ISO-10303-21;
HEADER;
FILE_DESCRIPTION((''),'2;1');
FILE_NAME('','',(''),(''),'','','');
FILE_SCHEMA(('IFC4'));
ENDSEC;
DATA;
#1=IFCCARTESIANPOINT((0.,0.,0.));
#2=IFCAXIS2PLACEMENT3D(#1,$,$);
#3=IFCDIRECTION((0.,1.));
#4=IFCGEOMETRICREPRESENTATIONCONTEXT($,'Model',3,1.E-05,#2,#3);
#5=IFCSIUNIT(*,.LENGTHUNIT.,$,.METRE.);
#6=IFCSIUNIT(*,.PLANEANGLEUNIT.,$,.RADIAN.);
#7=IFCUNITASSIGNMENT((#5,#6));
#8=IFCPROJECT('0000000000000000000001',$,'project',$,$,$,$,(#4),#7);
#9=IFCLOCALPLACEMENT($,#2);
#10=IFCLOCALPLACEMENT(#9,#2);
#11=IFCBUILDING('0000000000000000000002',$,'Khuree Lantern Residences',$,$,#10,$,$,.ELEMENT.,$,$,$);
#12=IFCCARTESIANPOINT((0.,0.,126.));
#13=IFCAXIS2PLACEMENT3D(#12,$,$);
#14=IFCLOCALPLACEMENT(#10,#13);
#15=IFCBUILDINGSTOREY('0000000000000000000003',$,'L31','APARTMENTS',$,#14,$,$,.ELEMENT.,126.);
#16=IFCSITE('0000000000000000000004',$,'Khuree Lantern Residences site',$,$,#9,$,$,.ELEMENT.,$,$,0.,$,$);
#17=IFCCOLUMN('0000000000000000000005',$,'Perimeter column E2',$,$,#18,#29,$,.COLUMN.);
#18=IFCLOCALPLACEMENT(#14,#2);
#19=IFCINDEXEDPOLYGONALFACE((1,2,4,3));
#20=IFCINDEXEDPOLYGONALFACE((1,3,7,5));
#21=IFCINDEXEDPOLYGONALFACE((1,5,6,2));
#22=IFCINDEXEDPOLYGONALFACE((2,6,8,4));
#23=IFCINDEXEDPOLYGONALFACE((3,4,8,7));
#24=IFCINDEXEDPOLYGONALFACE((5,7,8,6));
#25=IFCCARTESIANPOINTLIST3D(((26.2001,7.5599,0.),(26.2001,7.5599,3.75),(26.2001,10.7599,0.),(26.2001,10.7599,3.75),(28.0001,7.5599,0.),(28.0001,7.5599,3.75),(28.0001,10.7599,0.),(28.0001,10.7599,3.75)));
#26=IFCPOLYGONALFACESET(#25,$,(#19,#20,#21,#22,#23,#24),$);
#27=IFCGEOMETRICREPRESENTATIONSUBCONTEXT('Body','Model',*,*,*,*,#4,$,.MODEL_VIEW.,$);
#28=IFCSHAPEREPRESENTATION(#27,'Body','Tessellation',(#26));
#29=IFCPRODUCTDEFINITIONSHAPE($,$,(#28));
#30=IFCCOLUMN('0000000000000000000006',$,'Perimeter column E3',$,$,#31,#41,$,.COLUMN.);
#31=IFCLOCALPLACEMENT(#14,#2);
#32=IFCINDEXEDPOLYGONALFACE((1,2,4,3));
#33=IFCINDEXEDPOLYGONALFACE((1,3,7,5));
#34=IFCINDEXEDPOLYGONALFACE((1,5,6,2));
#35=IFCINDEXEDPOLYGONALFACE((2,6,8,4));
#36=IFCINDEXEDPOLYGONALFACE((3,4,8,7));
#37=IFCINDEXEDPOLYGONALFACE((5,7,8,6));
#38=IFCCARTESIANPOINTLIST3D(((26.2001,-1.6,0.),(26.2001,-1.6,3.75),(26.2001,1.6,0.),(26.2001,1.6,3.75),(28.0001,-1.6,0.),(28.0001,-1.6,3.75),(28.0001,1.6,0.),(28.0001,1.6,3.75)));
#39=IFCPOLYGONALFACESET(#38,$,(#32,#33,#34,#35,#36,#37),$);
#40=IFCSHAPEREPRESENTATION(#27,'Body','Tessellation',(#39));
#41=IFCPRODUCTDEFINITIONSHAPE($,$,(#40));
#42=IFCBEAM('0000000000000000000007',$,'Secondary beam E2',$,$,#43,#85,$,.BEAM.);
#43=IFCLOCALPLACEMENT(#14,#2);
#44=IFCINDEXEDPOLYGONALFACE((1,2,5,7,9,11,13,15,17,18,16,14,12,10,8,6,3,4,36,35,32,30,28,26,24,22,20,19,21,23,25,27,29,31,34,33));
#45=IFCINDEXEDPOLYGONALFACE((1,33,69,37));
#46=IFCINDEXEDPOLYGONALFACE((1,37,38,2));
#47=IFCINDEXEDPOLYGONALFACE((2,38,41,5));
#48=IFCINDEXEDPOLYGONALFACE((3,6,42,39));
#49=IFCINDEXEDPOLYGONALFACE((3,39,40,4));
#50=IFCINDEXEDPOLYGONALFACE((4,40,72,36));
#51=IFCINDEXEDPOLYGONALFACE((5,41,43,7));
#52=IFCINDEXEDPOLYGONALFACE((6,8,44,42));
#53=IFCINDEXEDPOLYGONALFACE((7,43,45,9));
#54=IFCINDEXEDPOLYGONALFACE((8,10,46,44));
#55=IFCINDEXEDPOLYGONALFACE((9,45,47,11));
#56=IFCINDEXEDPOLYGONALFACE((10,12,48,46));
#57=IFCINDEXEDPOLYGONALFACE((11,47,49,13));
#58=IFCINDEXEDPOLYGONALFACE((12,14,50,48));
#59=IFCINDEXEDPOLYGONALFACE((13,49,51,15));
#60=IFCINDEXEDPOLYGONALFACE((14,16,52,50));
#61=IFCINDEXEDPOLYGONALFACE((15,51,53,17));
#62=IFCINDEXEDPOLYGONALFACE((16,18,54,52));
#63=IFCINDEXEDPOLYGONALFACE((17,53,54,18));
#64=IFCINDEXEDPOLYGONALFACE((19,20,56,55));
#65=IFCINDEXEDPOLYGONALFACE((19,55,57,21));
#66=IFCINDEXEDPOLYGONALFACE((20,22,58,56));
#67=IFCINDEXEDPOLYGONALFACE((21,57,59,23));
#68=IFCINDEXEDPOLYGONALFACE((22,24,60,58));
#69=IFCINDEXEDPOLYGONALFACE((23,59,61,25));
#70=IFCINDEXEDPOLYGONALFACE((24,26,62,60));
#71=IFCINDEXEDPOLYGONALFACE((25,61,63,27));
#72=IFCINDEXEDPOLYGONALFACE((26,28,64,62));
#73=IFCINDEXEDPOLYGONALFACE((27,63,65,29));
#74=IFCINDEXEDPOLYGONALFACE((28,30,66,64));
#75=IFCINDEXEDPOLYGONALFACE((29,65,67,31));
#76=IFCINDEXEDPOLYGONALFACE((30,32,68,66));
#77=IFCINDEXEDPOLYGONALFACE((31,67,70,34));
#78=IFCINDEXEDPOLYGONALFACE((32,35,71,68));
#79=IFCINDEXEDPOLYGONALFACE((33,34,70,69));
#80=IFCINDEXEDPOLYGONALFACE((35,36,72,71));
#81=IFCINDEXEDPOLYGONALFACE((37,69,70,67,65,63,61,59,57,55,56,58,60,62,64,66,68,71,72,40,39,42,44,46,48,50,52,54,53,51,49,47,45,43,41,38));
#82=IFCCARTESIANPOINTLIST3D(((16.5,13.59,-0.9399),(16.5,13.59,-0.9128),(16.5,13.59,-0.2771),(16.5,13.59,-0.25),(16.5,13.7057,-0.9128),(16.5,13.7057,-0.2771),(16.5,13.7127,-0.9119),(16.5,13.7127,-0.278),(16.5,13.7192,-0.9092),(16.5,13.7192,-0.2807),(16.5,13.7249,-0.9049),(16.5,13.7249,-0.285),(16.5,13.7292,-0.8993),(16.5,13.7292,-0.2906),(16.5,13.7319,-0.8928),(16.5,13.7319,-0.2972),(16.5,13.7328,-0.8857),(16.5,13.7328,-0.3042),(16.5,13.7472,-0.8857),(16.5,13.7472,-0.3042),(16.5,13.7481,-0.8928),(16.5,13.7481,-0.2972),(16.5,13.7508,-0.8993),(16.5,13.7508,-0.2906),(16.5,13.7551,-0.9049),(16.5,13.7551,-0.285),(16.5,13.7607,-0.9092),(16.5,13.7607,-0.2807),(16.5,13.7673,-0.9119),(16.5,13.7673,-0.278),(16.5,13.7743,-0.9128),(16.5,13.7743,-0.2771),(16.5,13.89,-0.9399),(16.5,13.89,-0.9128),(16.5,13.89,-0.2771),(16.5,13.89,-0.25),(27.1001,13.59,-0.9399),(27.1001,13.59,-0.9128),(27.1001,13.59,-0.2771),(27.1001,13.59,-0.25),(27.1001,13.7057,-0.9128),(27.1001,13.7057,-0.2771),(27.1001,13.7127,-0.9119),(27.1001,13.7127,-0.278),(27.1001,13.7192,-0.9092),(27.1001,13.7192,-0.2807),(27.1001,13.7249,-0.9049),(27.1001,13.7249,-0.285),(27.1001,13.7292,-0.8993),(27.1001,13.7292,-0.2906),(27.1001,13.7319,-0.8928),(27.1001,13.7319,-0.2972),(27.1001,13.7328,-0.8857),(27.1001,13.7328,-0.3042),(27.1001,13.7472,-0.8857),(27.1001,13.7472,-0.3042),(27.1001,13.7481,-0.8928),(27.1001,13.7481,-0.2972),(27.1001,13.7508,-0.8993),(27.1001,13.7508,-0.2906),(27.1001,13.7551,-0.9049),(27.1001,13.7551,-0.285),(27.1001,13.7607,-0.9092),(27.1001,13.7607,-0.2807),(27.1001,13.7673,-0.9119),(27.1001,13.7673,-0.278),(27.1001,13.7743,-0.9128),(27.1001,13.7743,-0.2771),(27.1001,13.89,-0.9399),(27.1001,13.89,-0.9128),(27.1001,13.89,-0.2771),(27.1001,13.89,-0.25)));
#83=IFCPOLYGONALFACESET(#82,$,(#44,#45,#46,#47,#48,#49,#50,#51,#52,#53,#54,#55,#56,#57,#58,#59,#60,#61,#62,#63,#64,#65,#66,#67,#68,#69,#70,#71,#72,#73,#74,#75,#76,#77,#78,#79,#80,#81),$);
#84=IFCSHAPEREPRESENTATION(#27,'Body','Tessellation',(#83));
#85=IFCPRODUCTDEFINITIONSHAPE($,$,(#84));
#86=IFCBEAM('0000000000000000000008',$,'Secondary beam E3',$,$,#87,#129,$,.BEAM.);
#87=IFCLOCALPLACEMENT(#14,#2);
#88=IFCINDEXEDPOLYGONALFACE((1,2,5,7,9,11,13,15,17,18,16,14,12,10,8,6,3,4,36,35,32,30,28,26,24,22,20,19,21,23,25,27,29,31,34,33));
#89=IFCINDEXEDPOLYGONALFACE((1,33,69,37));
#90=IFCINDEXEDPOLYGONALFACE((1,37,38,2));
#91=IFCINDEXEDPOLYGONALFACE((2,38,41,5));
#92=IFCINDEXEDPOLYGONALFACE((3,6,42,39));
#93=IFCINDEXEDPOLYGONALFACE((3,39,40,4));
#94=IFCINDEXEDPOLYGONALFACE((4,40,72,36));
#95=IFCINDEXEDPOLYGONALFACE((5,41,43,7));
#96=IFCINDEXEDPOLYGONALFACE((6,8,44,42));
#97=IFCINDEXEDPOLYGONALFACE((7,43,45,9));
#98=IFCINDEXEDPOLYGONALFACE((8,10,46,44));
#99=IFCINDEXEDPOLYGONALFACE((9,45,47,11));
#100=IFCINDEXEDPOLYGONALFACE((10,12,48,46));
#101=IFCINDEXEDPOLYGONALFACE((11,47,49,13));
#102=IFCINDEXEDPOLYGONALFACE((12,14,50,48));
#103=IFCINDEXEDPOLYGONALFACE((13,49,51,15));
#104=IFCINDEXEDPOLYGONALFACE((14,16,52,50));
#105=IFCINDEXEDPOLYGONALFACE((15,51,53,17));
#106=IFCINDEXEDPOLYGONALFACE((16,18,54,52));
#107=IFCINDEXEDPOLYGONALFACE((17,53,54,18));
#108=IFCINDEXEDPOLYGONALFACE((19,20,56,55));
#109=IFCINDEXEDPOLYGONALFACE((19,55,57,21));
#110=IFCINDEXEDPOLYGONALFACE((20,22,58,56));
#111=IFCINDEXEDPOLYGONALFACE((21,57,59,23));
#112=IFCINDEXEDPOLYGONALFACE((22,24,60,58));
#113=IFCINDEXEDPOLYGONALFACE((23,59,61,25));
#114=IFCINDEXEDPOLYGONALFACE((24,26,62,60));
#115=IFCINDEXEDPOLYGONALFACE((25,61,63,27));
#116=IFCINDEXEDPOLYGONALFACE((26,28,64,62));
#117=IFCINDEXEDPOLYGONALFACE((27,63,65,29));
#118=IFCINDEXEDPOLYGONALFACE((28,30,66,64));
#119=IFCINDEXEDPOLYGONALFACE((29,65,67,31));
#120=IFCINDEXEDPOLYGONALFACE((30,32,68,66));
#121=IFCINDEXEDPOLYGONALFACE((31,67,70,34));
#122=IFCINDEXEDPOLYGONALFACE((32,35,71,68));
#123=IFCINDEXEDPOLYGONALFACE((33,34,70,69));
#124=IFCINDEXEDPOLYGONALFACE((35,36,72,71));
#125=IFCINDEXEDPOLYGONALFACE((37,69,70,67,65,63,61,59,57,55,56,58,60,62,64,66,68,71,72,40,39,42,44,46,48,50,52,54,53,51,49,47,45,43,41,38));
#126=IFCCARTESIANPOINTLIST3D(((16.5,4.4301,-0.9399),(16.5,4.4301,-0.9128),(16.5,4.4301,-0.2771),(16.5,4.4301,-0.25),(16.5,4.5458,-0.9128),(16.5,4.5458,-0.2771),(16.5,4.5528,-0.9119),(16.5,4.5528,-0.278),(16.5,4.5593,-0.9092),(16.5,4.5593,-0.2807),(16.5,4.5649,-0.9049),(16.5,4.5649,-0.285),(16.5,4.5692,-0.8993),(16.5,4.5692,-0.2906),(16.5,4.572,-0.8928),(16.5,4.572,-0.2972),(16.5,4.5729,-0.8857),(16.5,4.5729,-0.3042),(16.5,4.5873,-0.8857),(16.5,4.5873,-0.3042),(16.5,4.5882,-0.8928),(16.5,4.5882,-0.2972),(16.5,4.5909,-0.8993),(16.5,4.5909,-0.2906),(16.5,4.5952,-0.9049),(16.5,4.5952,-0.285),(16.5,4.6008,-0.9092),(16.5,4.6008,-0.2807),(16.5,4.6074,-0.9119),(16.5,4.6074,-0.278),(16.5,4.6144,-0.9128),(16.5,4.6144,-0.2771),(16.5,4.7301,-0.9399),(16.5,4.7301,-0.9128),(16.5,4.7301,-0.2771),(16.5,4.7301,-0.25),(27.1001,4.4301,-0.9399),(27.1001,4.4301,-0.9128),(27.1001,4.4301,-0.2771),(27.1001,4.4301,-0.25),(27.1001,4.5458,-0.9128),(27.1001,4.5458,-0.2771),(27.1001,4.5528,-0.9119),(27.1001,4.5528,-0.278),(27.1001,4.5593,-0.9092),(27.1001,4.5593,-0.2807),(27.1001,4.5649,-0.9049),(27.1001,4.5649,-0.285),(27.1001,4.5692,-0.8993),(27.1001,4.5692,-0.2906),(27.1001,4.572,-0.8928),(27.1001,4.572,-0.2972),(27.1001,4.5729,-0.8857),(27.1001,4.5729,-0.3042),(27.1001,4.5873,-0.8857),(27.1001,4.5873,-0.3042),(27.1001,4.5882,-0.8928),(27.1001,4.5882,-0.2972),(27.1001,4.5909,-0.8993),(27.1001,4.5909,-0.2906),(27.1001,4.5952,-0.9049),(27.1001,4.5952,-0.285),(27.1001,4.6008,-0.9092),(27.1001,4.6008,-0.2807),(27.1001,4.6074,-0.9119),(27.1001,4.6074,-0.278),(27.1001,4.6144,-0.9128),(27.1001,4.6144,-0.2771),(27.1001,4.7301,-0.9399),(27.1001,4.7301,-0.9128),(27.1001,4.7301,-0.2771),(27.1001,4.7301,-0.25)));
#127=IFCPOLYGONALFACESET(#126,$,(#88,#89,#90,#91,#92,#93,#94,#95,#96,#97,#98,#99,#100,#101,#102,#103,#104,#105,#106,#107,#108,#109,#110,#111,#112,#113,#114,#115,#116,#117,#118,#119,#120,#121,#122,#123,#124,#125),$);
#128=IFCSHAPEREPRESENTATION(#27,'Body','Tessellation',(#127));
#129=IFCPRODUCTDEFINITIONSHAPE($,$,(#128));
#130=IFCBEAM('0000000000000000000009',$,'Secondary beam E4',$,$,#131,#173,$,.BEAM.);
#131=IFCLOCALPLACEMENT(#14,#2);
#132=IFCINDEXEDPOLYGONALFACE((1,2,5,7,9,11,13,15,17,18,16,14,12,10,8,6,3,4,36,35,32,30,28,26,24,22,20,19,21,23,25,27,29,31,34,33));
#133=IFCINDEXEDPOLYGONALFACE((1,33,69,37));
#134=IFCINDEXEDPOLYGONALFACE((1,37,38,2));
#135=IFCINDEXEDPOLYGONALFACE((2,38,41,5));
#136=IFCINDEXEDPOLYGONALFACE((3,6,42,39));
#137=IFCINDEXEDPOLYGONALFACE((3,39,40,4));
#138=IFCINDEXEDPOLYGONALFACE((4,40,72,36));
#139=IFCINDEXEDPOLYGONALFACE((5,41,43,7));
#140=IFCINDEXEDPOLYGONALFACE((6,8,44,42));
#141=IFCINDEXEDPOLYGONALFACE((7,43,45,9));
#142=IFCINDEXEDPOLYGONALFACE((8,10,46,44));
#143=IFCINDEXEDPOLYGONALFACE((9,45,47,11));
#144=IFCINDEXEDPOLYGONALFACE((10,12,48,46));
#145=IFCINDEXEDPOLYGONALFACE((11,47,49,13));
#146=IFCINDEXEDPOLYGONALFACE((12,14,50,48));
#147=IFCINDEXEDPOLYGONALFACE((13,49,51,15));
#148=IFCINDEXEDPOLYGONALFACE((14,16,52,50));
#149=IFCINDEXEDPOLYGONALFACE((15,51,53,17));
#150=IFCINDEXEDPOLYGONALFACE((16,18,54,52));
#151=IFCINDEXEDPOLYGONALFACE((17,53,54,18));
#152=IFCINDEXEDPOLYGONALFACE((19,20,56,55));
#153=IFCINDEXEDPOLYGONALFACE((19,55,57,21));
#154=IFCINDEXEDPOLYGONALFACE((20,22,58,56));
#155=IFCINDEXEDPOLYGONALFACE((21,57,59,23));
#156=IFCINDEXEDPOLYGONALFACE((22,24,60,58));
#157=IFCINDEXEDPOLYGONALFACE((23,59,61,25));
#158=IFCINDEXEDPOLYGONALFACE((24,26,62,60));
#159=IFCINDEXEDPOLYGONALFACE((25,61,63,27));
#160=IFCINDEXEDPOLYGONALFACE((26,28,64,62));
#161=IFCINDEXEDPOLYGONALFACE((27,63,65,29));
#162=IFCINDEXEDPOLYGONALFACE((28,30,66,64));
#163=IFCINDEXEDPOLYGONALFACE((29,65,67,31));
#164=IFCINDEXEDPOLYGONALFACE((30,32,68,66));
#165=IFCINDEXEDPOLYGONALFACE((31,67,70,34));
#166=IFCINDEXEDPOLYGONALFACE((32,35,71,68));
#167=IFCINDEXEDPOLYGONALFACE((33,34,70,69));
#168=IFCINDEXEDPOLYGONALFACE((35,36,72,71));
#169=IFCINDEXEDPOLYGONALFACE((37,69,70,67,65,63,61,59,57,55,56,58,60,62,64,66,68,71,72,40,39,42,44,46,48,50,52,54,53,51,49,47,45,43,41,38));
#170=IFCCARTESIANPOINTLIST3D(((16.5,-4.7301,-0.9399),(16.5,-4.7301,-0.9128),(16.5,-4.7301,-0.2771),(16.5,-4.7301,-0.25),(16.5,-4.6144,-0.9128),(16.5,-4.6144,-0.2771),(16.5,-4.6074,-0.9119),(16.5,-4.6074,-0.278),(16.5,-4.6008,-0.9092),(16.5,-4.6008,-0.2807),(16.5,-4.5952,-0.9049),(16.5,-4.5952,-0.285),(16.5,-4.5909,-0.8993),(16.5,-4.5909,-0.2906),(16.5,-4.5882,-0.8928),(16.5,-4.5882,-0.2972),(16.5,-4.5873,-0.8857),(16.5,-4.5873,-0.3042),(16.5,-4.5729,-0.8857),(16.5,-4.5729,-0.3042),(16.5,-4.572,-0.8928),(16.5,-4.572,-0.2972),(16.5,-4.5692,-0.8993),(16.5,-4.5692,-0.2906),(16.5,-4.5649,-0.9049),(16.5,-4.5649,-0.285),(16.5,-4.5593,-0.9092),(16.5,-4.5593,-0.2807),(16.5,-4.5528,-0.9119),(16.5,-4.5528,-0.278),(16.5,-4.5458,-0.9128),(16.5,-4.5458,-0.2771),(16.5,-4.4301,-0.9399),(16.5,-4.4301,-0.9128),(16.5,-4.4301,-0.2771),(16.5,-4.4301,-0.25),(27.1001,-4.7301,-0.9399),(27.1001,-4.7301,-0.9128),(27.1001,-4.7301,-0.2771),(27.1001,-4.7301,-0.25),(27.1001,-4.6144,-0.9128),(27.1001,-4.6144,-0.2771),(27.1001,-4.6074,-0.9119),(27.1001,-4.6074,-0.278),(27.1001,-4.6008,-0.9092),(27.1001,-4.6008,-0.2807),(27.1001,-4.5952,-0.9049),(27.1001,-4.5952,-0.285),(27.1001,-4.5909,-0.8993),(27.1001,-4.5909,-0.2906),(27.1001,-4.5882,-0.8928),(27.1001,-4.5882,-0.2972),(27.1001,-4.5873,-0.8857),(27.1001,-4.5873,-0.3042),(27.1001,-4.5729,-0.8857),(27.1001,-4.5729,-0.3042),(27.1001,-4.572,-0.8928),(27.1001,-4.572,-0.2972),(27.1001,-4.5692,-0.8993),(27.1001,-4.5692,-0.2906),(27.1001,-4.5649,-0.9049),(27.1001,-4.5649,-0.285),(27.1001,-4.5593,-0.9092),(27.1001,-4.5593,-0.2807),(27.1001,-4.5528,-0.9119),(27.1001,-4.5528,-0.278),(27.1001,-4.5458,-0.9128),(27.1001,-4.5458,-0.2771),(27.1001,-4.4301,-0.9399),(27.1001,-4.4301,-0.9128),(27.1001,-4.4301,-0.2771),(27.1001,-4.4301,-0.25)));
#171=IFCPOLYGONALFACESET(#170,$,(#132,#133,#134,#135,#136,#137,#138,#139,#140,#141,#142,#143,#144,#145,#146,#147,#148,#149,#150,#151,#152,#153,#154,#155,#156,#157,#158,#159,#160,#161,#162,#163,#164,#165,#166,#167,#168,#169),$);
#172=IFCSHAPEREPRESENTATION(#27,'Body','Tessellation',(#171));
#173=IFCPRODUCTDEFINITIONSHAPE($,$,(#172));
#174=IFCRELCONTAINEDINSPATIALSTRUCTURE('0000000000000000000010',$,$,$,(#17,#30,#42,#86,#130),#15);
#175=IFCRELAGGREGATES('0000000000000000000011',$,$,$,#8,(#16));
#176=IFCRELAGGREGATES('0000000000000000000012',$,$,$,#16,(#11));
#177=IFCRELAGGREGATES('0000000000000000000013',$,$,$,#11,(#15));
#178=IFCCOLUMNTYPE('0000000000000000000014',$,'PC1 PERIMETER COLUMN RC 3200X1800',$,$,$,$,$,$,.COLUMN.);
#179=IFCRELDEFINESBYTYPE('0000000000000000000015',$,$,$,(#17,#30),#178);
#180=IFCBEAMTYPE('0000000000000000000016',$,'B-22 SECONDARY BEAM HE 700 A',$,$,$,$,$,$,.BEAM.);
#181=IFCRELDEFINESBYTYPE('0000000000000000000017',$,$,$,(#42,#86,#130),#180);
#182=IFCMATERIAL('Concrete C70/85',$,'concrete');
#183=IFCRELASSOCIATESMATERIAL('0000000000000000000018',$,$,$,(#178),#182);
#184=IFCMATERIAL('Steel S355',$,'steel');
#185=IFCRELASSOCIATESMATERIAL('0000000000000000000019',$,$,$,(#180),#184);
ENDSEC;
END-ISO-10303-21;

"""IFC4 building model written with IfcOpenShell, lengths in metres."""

from ifc_helpers import new_model, si_unit, direction, frame, origin, origin_2d, place, context, subcontext, project, spatial, rectangle, i_section, extrude, material, material_profile, profile_set, type_object, element, save


model = new_model("IFC4")

# Units and contexts
model_context = context("Model", 3, precision=1e-05, world=origin(), true_north=direction((0.0, 1.0)))
body_context = subcontext(model_context, "Body", "Model", "MODEL_VIEW")
ifc_project = project(units=[si_unit("LENGTHUNIT", "METRE"), si_unit("PLANEANGLEUNIT", "RADIAN")], contexts=[model_context])

# Site, building, storey
site_placement = place(None, origin())
site = spatial("IfcSite", under=ifc_project, at=site_placement, Name="Khuree Lantern Residences site", CompositionType="ELEMENT", RefElevation=0.0)
building_placement = place(site_placement, origin())
building = spatial("IfcBuilding", under=site, at=building_placement, Name="Khuree Lantern Residences", CompositionType="ELEMENT")
storey_placement = place(building_placement, frame((0.0, 0.0, 126.0)))
storey = spatial("IfcBuildingStorey", under=building, at=storey_placement, Name="L31", Description="APARTMENTS", CompositionType="ELEMENT", Elevation=126.0)

# Columns
ifc_material_1 = material(Name="Concrete C70/85", Category="concrete")
ifc_material_profile_1 = material_profile(ifc_material_1, rectangle(XDim=3.2, YDim=1.8, at=origin_2d()), Name="RC 3200X1800")
ifc_profile_set_1 = profile_set([ifc_material_profile_1], Name="Concrete C70/85")
column_type = type_object("IfcColumnType", Name="PC1 PERIMETER COLUMN RC 3200X1800", PredefinedType="COLUMN", material=ifc_profile_set_1)
for number, where, z_axis, x_axis, name in (
    (1, (27.1001, 9.1599, 0.0), (0.0, 0.0, 1.0), (0.0, 1.0, 0.0), "Perimeter column E2"),
    (2, (27.1001, 0.0, 0.0), (0.0, 0.0, 1.0), (0.0, 1.0, 0.0), "Perimeter column E3"),
):
    element("IfcColumn", number, at=place(storey_placement, frame(where, z_axis=z_axis, x_axis=x_axis)), inside=storey, type_object=column_type, Name=name, PredefinedType="COLUMN", context=body_context, shape_type="SweptSolid", body=[
        extrude(rectangle(XDim=3.2, YDim=1.8, at=origin_2d()), origin(), (0.0, 0.0, 1.0), 3.75),
    ])

# Beams
ifc_material_2 = material(Name="Steel S355", Category="steel")
ifc_material_profile_2 = material_profile(ifc_material_2, i_section(OverallWidth=0.3, OverallDepth=0.6899, WebThickness=0.0144, FlangeThickness=0.0271, FilletRadius=0.0271, at=origin_2d()), Name="HE 700 A")
ifc_profile_set_2 = profile_set([ifc_material_profile_2], Name="Steel S355")
beam_type_1 = type_object("IfcBeamType", Name="B-22 SECONDARY BEAM HE 700 A", PredefinedType="BEAM", material=ifc_profile_set_2)
for number, where, z_axis, x_axis, name in (
    (3, (27.1001, 13.74, -0.595), (-1.0, 0.0, 0.0), (0.0, -1.0, 0.0), "Secondary beam E2"),
    (4, (27.1001, 4.5801, -0.595), (-1.0, 0.0, 0.0), (0.0, -1.0, 0.0), "Secondary beam E3"),
    (5, (27.1001, -4.5801, -0.595), (-1.0, 0.0, 0.0), (0.0, -1.0, 0.0), "Secondary beam E4"),
):
    element("IfcBeam", number, at=place(storey_placement, frame(where, z_axis=z_axis, x_axis=x_axis)), inside=storey, type_object=beam_type_1, Name=name, PredefinedType="BEAM", context=body_context, shape_type="SweptSolid", body=[
        extrude(i_section(OverallWidth=0.3, OverallDepth=0.6899, WebThickness=0.0144, FlangeThickness=0.0271, FilletRadius=0.0271, at=origin_2d()), origin(), (0.0, 0.0, 1.0), 10.6001),
    ])

save(model, "model.ifc")
